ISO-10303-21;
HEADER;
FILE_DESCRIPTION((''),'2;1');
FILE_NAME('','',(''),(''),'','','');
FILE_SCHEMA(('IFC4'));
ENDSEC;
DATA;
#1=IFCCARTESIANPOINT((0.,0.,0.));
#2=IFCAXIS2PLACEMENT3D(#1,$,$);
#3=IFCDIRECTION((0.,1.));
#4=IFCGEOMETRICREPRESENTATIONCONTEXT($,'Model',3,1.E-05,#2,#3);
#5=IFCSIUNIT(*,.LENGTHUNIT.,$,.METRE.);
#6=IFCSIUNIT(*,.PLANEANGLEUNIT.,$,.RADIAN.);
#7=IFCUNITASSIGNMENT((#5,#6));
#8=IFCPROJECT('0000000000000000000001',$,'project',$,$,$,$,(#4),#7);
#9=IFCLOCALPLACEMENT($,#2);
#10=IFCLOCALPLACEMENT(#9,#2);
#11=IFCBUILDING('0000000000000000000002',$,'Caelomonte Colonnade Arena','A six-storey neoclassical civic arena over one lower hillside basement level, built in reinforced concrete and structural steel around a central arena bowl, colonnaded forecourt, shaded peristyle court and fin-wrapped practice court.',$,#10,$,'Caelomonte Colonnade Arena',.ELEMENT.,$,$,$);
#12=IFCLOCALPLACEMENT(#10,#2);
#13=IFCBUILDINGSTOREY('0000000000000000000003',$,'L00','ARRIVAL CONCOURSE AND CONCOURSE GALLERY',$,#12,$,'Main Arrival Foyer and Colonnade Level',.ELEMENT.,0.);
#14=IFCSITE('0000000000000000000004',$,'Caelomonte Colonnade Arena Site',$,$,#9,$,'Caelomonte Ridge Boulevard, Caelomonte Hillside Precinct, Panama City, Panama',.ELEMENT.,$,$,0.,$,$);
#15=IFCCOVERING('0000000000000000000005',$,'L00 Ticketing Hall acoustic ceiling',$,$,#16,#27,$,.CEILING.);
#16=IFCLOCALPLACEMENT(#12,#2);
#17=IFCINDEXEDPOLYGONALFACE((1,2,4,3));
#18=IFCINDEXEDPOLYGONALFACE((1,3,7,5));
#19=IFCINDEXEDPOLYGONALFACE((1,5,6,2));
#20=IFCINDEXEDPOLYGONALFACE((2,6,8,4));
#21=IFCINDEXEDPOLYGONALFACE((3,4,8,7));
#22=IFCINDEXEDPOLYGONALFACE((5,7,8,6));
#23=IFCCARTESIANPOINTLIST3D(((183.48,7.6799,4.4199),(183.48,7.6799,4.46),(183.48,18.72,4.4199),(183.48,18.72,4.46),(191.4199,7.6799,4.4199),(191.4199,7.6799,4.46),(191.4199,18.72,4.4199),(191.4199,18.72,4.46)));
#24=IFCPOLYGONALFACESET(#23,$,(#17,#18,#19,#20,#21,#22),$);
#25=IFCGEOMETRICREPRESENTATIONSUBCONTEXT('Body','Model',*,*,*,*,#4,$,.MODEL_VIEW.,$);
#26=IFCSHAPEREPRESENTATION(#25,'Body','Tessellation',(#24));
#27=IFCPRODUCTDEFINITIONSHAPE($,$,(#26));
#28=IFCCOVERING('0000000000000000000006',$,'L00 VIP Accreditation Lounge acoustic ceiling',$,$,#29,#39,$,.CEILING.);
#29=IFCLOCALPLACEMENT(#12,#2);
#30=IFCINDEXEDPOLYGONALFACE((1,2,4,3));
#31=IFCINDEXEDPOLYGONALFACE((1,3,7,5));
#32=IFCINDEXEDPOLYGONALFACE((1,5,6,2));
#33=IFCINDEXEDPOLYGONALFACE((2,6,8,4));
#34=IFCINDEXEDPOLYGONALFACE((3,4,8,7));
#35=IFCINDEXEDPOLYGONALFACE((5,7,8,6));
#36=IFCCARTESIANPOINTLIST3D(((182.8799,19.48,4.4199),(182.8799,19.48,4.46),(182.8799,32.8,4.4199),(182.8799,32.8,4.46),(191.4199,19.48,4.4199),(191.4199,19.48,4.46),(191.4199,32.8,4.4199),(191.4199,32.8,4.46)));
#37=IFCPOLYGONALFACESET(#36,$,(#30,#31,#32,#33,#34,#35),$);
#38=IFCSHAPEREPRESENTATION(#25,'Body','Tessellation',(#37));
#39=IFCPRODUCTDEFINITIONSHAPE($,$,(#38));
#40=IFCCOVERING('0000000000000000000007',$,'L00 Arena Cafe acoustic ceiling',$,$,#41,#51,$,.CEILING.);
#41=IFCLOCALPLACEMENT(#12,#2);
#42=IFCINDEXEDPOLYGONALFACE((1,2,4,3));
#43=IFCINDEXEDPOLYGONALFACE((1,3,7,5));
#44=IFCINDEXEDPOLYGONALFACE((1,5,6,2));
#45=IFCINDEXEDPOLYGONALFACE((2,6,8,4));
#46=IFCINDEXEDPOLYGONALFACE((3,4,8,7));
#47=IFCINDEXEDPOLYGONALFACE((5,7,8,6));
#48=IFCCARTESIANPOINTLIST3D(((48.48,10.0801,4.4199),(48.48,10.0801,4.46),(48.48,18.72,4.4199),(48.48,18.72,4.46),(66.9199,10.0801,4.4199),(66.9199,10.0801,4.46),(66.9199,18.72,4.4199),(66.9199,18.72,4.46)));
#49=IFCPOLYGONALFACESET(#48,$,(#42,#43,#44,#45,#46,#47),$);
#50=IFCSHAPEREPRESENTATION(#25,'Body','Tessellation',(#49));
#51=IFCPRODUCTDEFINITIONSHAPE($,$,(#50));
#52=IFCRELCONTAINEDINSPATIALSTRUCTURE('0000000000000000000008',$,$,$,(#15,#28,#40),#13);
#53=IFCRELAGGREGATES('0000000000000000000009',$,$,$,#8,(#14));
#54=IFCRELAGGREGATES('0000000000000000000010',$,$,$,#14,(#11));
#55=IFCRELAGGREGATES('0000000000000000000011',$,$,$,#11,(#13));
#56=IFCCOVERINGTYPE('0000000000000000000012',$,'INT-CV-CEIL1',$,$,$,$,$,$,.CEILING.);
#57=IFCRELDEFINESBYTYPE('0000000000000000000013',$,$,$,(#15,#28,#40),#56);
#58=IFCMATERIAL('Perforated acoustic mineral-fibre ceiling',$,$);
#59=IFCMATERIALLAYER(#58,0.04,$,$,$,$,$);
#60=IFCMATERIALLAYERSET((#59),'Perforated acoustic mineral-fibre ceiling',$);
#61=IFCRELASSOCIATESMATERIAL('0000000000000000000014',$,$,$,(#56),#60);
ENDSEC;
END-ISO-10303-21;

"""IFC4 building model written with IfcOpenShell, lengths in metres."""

from ifc_helpers import new_model, si_unit, direction, frame, origin, place, context, subcontext, project, spatial, polyline, outline, extrude, material, layer, layer_set, type_object, element, save


model = new_model("IFC4")

# Units and contexts
model_context = context("Model", 3, precision=1e-05, world=origin(), true_north=direction((0.0, 1.0)))
body_context = subcontext(model_context, "Body", "Model", "MODEL_VIEW")
ifc_project = project(units=[si_unit("LENGTHUNIT", "METRE"), si_unit("PLANEANGLEUNIT", "RADIAN")], contexts=[model_context])

# Site, building, storey
site_placement = place(None, origin())
site = spatial("IfcSite", under=ifc_project, at=site_placement, Name="Caelomonte Colonnade Arena Site", LongName="Caelomonte Ridge Boulevard, Caelomonte Hillside Precinct, Panama City, Panama", CompositionType="ELEMENT", RefElevation=0.0)
building_placement = place(site_placement, origin())
building = spatial("IfcBuilding", under=site, at=building_placement, Name="Caelomonte Colonnade Arena", Description="A six-storey neoclassical civic arena over one lower hillside basement level, built in reinforced concrete and structural steel around a central arena bowl, colonnaded forecourt, shaded peristyle court and fin-wrapped practice court.", LongName="Caelomonte Colonnade Arena", CompositionType="ELEMENT")
storey_placement = place(building_placement, origin())
storey = spatial("IfcBuildingStorey", under=building, at=storey_placement, Name="L00", Description="ARRIVAL CONCOURSE AND CONCOURSE GALLERY", LongName="Main Arrival Foyer and Colonnade Level", CompositionType="ELEMENT", Elevation=0.0)

# Coverings
ifc_material_1 = material(Name="Perforated acoustic mineral-fibre ceiling")
ifc_layer_1 = layer(ifc_material_1, 0.04)
ifc_layer_set_1 = layer_set([ifc_layer_1], Name="Perforated acoustic mineral-fibre ceiling")
covering_type = type_object("IfcCoveringType", Name="INT-CV-CEIL1", PredefinedType="CEILING", material=ifc_layer_set_1)
covering_1_placement = place(storey_placement, frame((0.0, 0.0, 4.4199)))
element("IfcCovering", 1, at=covering_1_placement, inside=storey, type_object=covering_type, Name="L00 Ticketing Hall acoustic ceiling", PredefinedType="CEILING", context=body_context, shape_type="SweptSolid", body=[
    extrude(outline(polyline([(191.4199, 18.72), (183.48, 18.72), (183.48, 7.6799), (191.4199, 7.6799), (191.4199, 18.72)])), origin(), (0.0, 0.0, 1.0), 0.04),
])
covering_2_placement = place(storey_placement, frame((0.0, 0.0, 4.4199)))
element("IfcCovering", 2, at=covering_2_placement, inside=storey, type_object=covering_type, Name="L00 VIP Accreditation Lounge acoustic ceiling", PredefinedType="CEILING", context=body_context, shape_type="SweptSolid", body=[
    extrude(outline(polyline([(191.4199, 32.8), (182.8799, 32.8), (182.8799, 19.48), (191.4199, 19.48), (191.4199, 32.8)])), origin(), (0.0, 0.0, 1.0), 0.04),
])
covering_3_placement = place(storey_placement, frame((0.0, 0.0, 4.4199)))
element("IfcCovering", 3, at=covering_3_placement, inside=storey, type_object=covering_type, Name="L00 Arena Cafe acoustic ceiling", PredefinedType="CEILING", context=body_context, shape_type="SweptSolid", body=[
    extrude(outline(polyline([(66.9199, 18.72), (48.48, 18.72), (48.48, 10.0801), (66.9199, 10.0801), (66.9199, 18.72)])), origin(), (0.0, 0.0, 1.0), 0.04),
])

save(model, "model.ifc")
